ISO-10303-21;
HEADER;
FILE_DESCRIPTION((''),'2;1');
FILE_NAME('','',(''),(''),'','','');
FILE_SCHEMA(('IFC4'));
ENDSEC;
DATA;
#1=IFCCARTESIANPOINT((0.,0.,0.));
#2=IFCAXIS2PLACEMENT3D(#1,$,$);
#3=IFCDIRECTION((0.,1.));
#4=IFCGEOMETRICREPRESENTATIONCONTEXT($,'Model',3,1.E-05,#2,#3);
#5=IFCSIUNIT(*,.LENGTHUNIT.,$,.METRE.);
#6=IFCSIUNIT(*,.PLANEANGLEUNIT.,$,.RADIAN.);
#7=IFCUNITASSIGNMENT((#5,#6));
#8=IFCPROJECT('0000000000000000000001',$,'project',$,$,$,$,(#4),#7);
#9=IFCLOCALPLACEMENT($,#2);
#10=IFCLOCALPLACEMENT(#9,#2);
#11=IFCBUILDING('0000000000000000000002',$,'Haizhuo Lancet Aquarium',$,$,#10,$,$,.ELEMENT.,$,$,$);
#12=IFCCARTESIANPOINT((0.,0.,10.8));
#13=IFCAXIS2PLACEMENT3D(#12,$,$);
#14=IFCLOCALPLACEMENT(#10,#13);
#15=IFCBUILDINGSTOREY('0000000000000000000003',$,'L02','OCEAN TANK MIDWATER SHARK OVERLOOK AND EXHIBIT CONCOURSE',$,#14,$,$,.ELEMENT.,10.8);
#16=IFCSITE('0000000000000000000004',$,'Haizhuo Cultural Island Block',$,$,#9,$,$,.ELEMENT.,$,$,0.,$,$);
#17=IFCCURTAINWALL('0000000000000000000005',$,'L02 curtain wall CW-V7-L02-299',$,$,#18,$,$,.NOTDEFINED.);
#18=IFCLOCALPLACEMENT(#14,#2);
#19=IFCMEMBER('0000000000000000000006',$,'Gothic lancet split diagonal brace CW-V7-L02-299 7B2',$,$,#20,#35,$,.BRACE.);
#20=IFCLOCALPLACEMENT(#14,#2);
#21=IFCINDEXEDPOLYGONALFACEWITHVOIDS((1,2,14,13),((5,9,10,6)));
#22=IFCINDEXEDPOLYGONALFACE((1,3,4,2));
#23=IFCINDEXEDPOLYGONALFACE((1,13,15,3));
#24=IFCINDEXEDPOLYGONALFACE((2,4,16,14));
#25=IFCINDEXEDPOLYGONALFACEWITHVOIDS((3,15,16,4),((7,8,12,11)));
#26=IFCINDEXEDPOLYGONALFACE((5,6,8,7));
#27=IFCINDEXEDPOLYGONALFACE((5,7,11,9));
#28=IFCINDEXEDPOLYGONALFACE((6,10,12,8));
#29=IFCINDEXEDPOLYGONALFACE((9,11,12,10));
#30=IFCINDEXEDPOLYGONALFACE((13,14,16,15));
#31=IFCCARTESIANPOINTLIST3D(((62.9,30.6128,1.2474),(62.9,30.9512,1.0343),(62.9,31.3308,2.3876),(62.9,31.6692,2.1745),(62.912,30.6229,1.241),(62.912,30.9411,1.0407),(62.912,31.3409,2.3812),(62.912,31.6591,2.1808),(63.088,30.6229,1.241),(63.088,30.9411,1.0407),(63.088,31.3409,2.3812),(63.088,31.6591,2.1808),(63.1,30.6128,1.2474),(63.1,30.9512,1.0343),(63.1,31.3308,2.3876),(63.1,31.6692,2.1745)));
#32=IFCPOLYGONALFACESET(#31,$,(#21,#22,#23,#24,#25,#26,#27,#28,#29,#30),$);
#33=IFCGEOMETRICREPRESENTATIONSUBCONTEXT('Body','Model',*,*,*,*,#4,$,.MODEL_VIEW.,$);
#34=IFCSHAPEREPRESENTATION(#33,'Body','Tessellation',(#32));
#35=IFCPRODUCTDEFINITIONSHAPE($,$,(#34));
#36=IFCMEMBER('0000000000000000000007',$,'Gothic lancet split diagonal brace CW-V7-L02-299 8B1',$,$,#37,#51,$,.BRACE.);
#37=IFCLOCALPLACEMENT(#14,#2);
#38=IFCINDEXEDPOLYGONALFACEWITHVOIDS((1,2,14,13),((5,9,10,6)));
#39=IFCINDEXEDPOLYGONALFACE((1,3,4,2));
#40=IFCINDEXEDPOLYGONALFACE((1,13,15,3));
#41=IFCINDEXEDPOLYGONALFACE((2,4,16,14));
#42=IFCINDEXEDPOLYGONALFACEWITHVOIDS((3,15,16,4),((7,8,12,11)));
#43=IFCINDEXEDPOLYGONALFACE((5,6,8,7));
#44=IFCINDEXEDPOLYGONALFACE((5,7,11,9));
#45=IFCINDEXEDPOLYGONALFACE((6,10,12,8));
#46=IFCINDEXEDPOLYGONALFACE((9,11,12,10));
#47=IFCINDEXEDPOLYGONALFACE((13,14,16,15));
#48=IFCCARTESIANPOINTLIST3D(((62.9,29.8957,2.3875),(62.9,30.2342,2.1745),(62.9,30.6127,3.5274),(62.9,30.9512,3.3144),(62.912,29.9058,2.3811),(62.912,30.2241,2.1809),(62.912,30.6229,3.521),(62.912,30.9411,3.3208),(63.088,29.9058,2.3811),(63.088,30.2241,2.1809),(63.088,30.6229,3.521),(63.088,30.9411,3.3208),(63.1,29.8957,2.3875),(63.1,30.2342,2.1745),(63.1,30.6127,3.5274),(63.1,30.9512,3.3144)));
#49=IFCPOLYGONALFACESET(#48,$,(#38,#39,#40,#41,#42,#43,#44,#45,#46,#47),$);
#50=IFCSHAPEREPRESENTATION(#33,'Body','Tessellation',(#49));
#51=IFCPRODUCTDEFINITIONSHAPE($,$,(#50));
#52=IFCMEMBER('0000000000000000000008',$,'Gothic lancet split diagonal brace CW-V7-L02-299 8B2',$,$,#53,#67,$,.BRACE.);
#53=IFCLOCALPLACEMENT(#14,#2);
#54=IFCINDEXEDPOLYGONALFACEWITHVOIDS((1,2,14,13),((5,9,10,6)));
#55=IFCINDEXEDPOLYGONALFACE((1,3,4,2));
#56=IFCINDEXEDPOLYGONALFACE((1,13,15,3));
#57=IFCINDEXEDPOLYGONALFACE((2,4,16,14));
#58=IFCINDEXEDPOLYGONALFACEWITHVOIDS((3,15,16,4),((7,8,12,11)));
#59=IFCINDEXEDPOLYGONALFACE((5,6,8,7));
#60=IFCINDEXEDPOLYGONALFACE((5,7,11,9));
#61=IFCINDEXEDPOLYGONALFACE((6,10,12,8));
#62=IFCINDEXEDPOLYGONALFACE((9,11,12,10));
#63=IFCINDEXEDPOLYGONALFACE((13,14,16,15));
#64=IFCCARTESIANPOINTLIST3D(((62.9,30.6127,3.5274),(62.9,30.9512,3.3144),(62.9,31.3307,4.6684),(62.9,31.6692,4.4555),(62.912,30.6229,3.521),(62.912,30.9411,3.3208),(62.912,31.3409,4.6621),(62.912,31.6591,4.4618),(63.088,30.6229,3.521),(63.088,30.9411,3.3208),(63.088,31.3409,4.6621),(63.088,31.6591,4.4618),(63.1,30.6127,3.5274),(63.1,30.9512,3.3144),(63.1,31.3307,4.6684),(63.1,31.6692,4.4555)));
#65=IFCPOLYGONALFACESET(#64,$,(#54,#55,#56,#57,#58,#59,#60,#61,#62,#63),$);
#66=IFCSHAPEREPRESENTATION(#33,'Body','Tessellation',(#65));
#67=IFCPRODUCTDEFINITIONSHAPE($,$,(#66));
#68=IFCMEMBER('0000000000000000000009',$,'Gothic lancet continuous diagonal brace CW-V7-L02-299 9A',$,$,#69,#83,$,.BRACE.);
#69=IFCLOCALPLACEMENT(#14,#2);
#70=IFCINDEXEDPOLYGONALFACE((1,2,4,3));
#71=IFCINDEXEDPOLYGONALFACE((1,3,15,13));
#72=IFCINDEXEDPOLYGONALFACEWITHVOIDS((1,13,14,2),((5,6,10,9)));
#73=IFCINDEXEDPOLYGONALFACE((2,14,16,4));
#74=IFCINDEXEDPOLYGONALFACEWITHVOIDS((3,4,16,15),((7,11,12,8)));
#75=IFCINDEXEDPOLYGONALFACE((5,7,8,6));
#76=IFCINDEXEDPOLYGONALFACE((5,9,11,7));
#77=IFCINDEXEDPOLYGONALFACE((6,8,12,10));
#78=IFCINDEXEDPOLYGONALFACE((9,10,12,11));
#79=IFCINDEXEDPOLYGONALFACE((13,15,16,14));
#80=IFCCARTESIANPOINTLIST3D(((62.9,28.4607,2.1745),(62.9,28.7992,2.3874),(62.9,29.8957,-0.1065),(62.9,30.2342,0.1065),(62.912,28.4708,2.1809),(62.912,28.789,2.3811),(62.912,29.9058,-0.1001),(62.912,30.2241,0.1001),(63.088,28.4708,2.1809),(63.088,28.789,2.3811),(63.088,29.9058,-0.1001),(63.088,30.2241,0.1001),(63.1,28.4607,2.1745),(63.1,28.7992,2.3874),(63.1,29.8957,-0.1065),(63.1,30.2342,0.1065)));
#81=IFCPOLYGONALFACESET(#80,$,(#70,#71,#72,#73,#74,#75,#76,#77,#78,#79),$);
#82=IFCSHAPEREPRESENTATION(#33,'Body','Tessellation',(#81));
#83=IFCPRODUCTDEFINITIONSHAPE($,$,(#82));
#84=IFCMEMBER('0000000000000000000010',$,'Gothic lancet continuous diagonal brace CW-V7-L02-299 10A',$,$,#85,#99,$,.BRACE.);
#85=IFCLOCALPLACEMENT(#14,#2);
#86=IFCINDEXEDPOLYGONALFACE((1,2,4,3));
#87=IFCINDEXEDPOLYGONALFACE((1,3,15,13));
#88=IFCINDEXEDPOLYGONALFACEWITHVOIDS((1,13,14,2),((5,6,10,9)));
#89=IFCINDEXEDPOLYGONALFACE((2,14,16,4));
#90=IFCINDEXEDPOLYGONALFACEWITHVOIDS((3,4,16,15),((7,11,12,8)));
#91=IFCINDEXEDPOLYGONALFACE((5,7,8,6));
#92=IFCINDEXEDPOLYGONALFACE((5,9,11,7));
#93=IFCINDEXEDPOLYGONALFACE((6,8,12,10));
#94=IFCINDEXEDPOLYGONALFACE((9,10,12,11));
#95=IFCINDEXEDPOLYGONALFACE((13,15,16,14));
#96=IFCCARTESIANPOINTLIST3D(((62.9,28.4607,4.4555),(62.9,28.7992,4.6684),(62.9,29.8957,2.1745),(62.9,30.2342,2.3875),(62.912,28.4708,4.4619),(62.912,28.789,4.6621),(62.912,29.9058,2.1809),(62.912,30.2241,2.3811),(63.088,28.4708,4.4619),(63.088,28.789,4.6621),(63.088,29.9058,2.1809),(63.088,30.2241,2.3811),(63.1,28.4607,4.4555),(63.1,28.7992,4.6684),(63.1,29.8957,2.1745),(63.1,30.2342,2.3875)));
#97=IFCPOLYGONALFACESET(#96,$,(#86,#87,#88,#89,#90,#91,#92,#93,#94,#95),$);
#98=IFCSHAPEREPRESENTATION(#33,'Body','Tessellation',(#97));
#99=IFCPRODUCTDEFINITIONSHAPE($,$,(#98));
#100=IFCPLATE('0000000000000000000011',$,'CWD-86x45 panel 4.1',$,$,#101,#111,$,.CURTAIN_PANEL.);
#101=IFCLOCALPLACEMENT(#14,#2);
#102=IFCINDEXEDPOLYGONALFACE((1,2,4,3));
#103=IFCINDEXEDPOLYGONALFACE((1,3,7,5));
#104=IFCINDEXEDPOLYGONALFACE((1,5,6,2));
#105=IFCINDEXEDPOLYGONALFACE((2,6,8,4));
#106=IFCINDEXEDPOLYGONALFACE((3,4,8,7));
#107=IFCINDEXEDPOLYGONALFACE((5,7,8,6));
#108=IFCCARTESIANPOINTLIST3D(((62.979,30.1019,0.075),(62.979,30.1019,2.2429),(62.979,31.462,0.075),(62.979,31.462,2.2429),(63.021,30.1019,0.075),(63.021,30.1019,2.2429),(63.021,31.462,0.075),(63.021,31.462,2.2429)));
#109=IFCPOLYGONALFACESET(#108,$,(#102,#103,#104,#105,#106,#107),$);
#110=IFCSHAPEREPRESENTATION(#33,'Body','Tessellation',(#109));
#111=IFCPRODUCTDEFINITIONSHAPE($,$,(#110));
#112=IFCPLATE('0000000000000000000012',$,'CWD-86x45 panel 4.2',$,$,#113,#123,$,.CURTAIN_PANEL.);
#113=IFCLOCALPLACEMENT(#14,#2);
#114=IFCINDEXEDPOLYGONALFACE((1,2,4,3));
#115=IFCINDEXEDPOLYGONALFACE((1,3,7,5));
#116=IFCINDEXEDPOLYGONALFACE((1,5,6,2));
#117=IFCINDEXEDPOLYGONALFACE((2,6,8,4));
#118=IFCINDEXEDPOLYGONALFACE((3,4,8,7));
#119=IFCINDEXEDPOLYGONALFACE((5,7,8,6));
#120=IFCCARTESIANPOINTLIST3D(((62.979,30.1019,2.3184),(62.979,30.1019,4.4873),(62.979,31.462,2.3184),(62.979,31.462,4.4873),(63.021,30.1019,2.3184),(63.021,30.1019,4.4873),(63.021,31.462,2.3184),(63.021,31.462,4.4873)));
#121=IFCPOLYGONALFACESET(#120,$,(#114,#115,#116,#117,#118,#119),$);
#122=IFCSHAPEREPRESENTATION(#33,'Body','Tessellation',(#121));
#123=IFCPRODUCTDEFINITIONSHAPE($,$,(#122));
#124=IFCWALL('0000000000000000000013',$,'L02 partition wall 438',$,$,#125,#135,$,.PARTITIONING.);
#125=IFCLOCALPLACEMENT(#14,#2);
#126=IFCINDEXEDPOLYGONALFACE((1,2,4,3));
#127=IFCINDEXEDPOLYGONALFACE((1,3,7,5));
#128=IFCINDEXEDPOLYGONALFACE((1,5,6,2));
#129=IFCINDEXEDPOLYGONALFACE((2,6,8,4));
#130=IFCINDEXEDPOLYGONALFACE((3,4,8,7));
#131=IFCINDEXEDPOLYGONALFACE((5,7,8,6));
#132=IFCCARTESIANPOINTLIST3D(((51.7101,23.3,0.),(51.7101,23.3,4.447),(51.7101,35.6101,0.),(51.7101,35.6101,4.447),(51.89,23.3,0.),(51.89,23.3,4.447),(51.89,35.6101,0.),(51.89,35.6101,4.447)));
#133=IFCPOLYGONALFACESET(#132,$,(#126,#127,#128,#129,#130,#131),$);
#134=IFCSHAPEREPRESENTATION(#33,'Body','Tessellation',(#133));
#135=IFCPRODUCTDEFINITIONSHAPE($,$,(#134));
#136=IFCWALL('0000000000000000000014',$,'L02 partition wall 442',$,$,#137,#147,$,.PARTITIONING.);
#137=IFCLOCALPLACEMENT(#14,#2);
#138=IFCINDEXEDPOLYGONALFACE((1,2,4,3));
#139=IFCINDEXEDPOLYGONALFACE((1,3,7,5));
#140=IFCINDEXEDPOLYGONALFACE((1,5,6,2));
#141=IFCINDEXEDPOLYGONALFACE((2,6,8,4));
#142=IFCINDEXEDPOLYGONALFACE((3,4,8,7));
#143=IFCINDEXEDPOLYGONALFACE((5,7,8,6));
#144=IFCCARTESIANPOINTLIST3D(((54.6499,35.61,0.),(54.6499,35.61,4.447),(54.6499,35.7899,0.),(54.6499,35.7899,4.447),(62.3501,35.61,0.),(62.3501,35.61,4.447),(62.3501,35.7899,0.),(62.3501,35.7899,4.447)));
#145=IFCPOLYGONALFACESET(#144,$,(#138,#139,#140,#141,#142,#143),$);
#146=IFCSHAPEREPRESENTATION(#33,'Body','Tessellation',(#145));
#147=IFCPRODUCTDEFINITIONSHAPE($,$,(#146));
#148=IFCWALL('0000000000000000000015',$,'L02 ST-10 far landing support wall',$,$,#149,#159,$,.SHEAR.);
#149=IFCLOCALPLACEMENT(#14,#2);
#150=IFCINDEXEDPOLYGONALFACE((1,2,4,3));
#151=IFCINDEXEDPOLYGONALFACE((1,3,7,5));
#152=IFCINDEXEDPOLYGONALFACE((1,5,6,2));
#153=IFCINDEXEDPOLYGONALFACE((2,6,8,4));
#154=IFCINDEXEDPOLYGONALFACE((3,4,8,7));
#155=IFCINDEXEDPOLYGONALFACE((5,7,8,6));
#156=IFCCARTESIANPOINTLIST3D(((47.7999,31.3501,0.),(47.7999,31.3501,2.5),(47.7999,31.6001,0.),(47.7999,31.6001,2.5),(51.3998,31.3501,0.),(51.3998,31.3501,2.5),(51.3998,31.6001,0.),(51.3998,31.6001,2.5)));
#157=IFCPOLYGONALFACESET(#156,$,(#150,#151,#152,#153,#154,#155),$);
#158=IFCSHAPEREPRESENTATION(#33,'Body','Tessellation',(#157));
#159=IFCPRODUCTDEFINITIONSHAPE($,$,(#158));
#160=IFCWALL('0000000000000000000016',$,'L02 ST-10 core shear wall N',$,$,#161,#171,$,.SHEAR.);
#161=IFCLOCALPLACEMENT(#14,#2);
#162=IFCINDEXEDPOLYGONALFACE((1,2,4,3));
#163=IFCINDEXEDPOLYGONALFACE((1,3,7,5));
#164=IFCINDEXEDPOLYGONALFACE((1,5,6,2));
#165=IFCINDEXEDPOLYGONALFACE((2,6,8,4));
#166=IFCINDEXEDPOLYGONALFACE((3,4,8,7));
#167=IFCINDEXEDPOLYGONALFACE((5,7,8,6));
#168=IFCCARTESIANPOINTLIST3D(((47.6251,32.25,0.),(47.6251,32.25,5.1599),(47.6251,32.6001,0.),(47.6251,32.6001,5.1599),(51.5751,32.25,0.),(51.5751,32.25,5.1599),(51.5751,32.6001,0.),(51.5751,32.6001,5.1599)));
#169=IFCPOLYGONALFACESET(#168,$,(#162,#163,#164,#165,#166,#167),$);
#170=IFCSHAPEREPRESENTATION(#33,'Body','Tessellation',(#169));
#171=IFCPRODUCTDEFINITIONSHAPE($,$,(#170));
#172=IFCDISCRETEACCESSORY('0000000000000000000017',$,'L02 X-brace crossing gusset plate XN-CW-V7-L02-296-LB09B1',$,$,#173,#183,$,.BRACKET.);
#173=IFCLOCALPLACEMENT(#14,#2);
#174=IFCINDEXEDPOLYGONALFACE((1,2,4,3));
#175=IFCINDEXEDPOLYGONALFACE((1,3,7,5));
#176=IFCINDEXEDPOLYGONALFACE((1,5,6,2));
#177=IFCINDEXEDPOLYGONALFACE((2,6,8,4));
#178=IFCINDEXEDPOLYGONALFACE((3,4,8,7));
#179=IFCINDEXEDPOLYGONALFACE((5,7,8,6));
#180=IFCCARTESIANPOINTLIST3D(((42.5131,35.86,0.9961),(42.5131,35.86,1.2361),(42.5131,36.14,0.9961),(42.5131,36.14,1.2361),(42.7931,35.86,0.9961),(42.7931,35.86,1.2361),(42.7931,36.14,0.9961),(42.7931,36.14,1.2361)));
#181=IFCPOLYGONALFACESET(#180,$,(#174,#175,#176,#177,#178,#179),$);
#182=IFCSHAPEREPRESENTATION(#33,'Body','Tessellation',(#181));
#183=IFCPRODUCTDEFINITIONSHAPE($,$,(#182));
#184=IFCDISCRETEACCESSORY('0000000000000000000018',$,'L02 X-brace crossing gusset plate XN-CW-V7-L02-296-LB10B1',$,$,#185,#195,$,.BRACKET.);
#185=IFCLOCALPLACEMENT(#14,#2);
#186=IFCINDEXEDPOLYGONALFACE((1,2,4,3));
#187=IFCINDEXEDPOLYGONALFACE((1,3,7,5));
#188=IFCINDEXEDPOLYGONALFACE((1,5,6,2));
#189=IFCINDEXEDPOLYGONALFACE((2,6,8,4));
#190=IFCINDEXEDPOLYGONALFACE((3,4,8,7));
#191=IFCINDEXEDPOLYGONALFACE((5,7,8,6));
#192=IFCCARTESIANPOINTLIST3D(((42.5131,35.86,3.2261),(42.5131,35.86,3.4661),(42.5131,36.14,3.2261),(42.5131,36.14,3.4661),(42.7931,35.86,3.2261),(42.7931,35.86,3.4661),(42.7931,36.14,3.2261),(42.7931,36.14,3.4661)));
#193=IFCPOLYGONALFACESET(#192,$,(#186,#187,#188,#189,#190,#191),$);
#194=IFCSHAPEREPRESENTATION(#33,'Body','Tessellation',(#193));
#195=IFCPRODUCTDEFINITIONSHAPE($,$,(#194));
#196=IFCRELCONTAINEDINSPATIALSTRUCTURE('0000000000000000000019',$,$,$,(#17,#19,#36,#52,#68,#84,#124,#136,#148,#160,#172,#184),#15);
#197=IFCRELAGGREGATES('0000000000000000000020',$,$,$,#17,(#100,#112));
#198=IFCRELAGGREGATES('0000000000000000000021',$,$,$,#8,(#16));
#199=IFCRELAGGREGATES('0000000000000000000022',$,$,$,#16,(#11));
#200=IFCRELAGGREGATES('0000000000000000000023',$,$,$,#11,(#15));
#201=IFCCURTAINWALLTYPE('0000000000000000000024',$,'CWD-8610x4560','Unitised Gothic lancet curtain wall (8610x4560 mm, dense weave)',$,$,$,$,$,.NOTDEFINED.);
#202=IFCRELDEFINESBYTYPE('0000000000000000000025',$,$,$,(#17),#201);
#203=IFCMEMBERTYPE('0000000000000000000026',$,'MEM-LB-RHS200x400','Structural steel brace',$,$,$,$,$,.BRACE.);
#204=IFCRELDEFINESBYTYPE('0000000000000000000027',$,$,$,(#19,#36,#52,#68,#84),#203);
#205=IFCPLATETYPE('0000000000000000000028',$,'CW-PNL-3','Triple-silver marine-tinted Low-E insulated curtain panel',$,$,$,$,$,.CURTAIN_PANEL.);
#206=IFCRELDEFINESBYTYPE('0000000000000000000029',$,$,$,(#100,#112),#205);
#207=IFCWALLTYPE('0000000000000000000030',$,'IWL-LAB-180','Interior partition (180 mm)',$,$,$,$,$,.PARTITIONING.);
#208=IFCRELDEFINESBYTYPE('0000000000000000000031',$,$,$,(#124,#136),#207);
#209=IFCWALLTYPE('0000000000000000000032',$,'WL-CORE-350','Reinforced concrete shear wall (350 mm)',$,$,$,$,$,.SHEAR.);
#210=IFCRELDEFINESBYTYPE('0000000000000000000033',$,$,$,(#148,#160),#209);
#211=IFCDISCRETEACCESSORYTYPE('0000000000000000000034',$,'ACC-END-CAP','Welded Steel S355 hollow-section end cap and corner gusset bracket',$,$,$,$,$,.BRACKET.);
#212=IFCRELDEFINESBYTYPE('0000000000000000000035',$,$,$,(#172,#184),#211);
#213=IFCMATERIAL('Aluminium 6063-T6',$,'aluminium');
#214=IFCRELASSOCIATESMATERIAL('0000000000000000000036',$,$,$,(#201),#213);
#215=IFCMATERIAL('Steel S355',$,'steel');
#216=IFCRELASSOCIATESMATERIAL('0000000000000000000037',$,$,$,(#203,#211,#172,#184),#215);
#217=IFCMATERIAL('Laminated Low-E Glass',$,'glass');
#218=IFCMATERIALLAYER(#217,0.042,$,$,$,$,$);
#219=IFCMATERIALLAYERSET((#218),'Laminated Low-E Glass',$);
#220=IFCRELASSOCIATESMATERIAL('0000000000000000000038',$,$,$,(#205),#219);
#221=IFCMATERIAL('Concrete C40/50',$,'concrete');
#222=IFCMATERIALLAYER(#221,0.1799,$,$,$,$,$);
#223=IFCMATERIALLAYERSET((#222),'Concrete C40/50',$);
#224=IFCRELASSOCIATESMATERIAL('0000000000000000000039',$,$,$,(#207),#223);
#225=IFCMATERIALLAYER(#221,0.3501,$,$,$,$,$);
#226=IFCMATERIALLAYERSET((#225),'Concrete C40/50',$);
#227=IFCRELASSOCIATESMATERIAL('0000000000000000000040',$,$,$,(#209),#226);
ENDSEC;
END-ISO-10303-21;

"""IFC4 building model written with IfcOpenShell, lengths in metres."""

from ifc_helpers import new_model, si_unit, direction, frame, frame_2d, origin, origin_2d, place, context, subcontext, project, spatial, rectangle, hollow_rectangle, extrude, material, layer, layer_set, material_profile, profile_set, type_object, element, aggregate, save


model = new_model("IFC4")

# Units and contexts
model_context = context("Model", 3, precision=1e-05, world=origin(), true_north=direction((0.0, 1.0)))
body_context = subcontext(model_context, "Body", "Model", "MODEL_VIEW")
ifc_project = project(units=[si_unit("LENGTHUNIT", "METRE"), si_unit("PLANEANGLEUNIT", "RADIAN")], contexts=[model_context])

# Site, building, storey
site_placement = place(None, origin())
site = spatial("IfcSite", under=ifc_project, at=site_placement, Name="Haizhuo Cultural Island Block", CompositionType="ELEMENT", RefElevation=0.0)
building_placement = place(site_placement, origin())
building = spatial("IfcBuilding", under=site, at=building_placement, Name="Haizhuo Lancet Aquarium", CompositionType="ELEMENT")
storey_placement = place(building_placement, frame((0.0, 0.0, 10.8)))
storey = spatial("IfcBuildingStorey", under=building, at=storey_placement, Name="L02", Description="OCEAN TANK MIDWATER SHARK OVERLOOK AND EXHIBIT CONCOURSE", CompositionType="ELEMENT", Elevation=10.8)

# Shared definitions
ifc_material_1 = material(Name="Aluminium 6063-T6", Category="aluminium")

# Curtain wall
curtain_wall_type_1 = type_object("IfcCurtainWallType", Name="CWD-8610x4560", Description="Unitised Gothic lancet curtain wall (8610x4560 mm, dense weave)", PredefinedType="NOTDEFINED", material=ifc_material_1)
curtain_wall_1_placement = place(storey_placement, origin())
curtain_wall_1 = element("IfcCurtainWall", 1, at=curtain_wall_1_placement, inside=storey, type_object=curtain_wall_type_1, Name="L02 curtain wall CW-V7-L02-299", PredefinedType="NOTDEFINED")

# Shared definitions
ifc_material_2 = material(Name="Steel S355", Category="steel")

# Members
ifc_material_profile_1 = material_profile(ifc_material_2, hollow_rectangle(XDim=0.2, YDim=0.3999, WallThickness=0.012, at=origin_2d()), Name="RHS 200x400x12")
ifc_profile_set_1 = profile_set([ifc_material_profile_1], Name="Steel S355")
member_type_1 = type_object("IfcMemberType", Name="MEM-LB-RHS200x400", Description="Structural steel brace", PredefinedType="BRACE", material=ifc_profile_set_1)
for number, where, z_axis, x_axis, name in (
    (2, (63.0, 30.782, 1.1409), (0.0, 0.532895, 0.846181), (-1.0, 0.0, 0.0), "Gothic lancet split diagonal brace CW-V7-L02-299 7B2"),
):
    element("IfcMember", number, at=place(storey_placement, frame(where, z_axis=z_axis, x_axis=x_axis)), inside=storey, type_object=member_type_1, Name=name, PredefinedType="BRACE", context=body_context, shape_type="SweptSolid", body=[
        extrude(hollow_rectangle(XDim=0.2, YDim=0.3999, WallThickness=0.012, at=origin_2d()), origin(), (0.0, 0.0, 1.0), 1.3474),
    ])
member_1_placement = place(storey_placement, frame((63.0, 30.0649, 2.281), z_axis=(0.0, 0.532457, 0.846457), x_axis=(-1.0, 0.0, 0.0)))
element("IfcMember", 3, at=member_1_placement, inside=storey, type_object=member_type_1, Name="Gothic lancet split diagonal brace CW-V7-L02-299 8B1", PredefinedType="BRACE", context=body_context, shape_type="SweptSolid", body=[
    extrude(hollow_rectangle(XDim=0.2, YDim=0.3999, WallThickness=0.012, at=origin_2d()), origin(), (0.0, 0.0, 1.0), 1.3467),
])
member_2_placement = place(storey_placement, frame((63.0, 30.782, 3.4209), z_axis=(0.0, 0.532568, 0.846387), x_axis=(-1.0, 0.0, 0.0)))
element("IfcMember", 4, at=member_2_placement, inside=storey, type_object=member_type_1, Name="Gothic lancet split diagonal brace CW-V7-L02-299 8B2", PredefinedType="BRACE", context=body_context, shape_type="SweptSolid", body=[
    extrude(hollow_rectangle(XDim=0.2, YDim=0.3999, WallThickness=0.012, at=origin_2d()), origin(), (0.0, 0.0, 1.0), 1.3481),
])
for number, where, z_axis, x_axis, name in (
    (5, (63.0, 30.0649, 0.0), (0.0, -0.532513, 0.846422), (1.0, 0.0, 0.0), "Gothic lancet continuous diagonal brace CW-V7-L02-299 9A"),
    (6, (63.0, 30.0649, 2.281), (0.0, -0.532513, 0.846422), (1.0, 0.0, 0.0), "Gothic lancet continuous diagonal brace CW-V7-L02-299 10A"),
):
    element("IfcMember", number, at=place(storey_placement, frame(where, z_axis=z_axis, x_axis=x_axis)), inside=storey, type_object=member_type_1, Name=name, PredefinedType="BRACE", context=body_context, shape_type="SweptSolid", body=[
        extrude(hollow_rectangle(XDim=0.2, YDim=0.3999, WallThickness=0.012, at=origin_2d()), origin(), (0.0, 0.0, 1.0), 2.6948),
    ])

# Plates
ifc_material_3 = material(Name="Laminated Low-E Glass", Category="glass")
ifc_layer_1 = layer(ifc_material_3, 0.042)
ifc_layer_set_1 = layer_set([ifc_layer_1], Name="Laminated Low-E Glass")
plate_type = type_object("IfcPlateType", Name="CW-PNL-3", Description="Triple-silver marine-tinted Low-E insulated curtain panel", PredefinedType="CURTAIN_PANEL", material=ifc_layer_set_1)
plate_1_placement = place(storey_placement, frame((63.0, 30.782, 0.075), z_axis=(0.0, 0.0, 1.0), x_axis=(0.0, -1.0, 0.0)))
plate_1 = element("IfcPlate", 7, at=plate_1_placement, type_object=plate_type, Name="CWD-86x45 panel 4.1", PredefinedType="CURTAIN_PANEL", context=body_context, shape_type="SweptSolid", body=[
    extrude(rectangle(XDim=1.3601, YDim=0.042, at=origin_2d()), origin(), (0.0, 0.0, 1.0), 2.168),
])
plate_2_placement = place(storey_placement, frame((63.0, 30.782, 2.3184), z_axis=(0.0, 0.0, 1.0), x_axis=(0.0, -1.0, 0.0)))
plate_2 = element("IfcPlate", 8, at=plate_2_placement, type_object=plate_type, Name="CWD-86x45 panel 4.2", PredefinedType="CURTAIN_PANEL", context=body_context, shape_type="SweptSolid", body=[
    extrude(rectangle(XDim=1.3601, YDim=0.042, at=origin_2d()), origin(), (0.0, 0.0, 1.0), 2.1689),
])
aggregate(curtain_wall_1, [plate_1, plate_2])

# Walls
ifc_material_4 = material(Name="Concrete C40/50", Category="concrete")
ifc_layer_2 = layer(ifc_material_4, 0.1799)
ifc_layer_set_2 = layer_set([ifc_layer_2], Name="Concrete C40/50")
wall_type_1 = type_object("IfcWallType", Name="IWL-LAB-180", Description="Interior partition (180 mm)", PredefinedType="PARTITIONING", material=ifc_layer_set_2)
wall_1_placement = place(storey_placement, frame((51.8, 35.6101, 0.0), z_axis=(0.0, 0.0, 1.0), x_axis=(0.0, -1.0, 0.0)))
element("IfcWall", 9, at=wall_1_placement, inside=storey, type_object=wall_type_1, Name="L02 partition wall 438", PredefinedType="PARTITIONING", context=body_context, shape_type="SweptSolid", body=[
    extrude(rectangle(XDim=12.3101, YDim=0.1799, at=frame_2d((6.155, 0.0))), origin(), (0.0, 0.0, 1.0), 4.447),
])
wall_2_placement = place(storey_placement, frame((62.3501, 35.7, 0.0), z_axis=(0.0, 0.0, 1.0), x_axis=(-1.0, 0.0, 0.0)))
element("IfcWall", 10, at=wall_2_placement, inside=storey, type_object=wall_type_1, Name="L02 partition wall 442", PredefinedType="PARTITIONING", context=body_context, shape_type="SweptSolid", body=[
    extrude(rectangle(XDim=7.7002, YDim=0.1799, at=frame_2d((3.8501, 0.0))), origin(), (0.0, 0.0, 1.0), 4.447),
])
ifc_layer_3 = layer(ifc_material_4, 0.3501)
ifc_layer_set_3 = layer_set([ifc_layer_3], Name="Concrete C40/50")
wall_type_2 = type_object("IfcWallType", Name="WL-CORE-350", Description="Reinforced concrete shear wall (350 mm)", PredefinedType="SHEAR", material=ifc_layer_set_3)
wall_3_placement = place(storey_placement, frame((47.8, 31.4751, 0.0), z_axis=(0.0, 0.0, 1.0), x_axis=(1.0, 0.0, 0.0)))
element("IfcWall", 11, at=wall_3_placement, inside=storey, type_object=wall_type_2, Name="L02 ST-10 far landing support wall", PredefinedType="SHEAR", context=body_context, shape_type="SweptSolid", body=[
    extrude(rectangle(XDim=3.5999, YDim=0.25, at=frame_2d((1.7998, 0.0))), origin(), (0.0, 0.0, 1.0), 2.5),
])
wall_4_placement = place(storey_placement, frame((47.625, 32.425, 0.0), z_axis=(0.0, 0.0, 1.0), x_axis=(1.0, 0.0, 0.0)))
element("IfcWall", 12, at=wall_4_placement, inside=storey, type_object=wall_type_2, Name="L02 ST-10 core shear wall N", PredefinedType="SHEAR", context=body_context, shape_type="SweptSolid", body=[
    extrude(rectangle(XDim=3.95, YDim=0.3501, at=frame_2d((1.9751, 0.0))), origin(), (0.0, 0.0, 1.0), 5.1599),
])

# Discrete accessories
discrete_accessory_type = type_object("IfcDiscreteAccessoryType", Name="ACC-END-CAP", Description="Welded Steel S355 hollow-section end cap and corner gusset bracket", PredefinedType="BRACKET", material=ifc_material_2)
for number, where, z_axis, x_axis, name in (
    (13, (42.6531, 36.0, 0.9961), (0.0, 0.0, 1.0), (1.0, 0.0, 0.0), "L02 X-brace crossing gusset plate XN-CW-V7-L02-296-LB09B1"),
    (14, (42.6531, 36.0, 3.2261), (0.0, 0.0, 1.0), (1.0, 0.0, 0.0), "L02 X-brace crossing gusset plate XN-CW-V7-L02-296-LB10B1"),
):
    element("IfcDiscreteAccessory", number, at=place(storey_placement, frame(where, z_axis=z_axis, x_axis=x_axis)), inside=storey, type_object=discrete_accessory_type, material=ifc_material_2, Name=name, PredefinedType="BRACKET", context=body_context, shape_type="SweptSolid", body=[
        extrude(rectangle(XDim=0.28, YDim=0.28, at=origin_2d()), origin(), (0.0, 0.0, 1.0), 0.24),
    ])

save(model, "model.ifc")
